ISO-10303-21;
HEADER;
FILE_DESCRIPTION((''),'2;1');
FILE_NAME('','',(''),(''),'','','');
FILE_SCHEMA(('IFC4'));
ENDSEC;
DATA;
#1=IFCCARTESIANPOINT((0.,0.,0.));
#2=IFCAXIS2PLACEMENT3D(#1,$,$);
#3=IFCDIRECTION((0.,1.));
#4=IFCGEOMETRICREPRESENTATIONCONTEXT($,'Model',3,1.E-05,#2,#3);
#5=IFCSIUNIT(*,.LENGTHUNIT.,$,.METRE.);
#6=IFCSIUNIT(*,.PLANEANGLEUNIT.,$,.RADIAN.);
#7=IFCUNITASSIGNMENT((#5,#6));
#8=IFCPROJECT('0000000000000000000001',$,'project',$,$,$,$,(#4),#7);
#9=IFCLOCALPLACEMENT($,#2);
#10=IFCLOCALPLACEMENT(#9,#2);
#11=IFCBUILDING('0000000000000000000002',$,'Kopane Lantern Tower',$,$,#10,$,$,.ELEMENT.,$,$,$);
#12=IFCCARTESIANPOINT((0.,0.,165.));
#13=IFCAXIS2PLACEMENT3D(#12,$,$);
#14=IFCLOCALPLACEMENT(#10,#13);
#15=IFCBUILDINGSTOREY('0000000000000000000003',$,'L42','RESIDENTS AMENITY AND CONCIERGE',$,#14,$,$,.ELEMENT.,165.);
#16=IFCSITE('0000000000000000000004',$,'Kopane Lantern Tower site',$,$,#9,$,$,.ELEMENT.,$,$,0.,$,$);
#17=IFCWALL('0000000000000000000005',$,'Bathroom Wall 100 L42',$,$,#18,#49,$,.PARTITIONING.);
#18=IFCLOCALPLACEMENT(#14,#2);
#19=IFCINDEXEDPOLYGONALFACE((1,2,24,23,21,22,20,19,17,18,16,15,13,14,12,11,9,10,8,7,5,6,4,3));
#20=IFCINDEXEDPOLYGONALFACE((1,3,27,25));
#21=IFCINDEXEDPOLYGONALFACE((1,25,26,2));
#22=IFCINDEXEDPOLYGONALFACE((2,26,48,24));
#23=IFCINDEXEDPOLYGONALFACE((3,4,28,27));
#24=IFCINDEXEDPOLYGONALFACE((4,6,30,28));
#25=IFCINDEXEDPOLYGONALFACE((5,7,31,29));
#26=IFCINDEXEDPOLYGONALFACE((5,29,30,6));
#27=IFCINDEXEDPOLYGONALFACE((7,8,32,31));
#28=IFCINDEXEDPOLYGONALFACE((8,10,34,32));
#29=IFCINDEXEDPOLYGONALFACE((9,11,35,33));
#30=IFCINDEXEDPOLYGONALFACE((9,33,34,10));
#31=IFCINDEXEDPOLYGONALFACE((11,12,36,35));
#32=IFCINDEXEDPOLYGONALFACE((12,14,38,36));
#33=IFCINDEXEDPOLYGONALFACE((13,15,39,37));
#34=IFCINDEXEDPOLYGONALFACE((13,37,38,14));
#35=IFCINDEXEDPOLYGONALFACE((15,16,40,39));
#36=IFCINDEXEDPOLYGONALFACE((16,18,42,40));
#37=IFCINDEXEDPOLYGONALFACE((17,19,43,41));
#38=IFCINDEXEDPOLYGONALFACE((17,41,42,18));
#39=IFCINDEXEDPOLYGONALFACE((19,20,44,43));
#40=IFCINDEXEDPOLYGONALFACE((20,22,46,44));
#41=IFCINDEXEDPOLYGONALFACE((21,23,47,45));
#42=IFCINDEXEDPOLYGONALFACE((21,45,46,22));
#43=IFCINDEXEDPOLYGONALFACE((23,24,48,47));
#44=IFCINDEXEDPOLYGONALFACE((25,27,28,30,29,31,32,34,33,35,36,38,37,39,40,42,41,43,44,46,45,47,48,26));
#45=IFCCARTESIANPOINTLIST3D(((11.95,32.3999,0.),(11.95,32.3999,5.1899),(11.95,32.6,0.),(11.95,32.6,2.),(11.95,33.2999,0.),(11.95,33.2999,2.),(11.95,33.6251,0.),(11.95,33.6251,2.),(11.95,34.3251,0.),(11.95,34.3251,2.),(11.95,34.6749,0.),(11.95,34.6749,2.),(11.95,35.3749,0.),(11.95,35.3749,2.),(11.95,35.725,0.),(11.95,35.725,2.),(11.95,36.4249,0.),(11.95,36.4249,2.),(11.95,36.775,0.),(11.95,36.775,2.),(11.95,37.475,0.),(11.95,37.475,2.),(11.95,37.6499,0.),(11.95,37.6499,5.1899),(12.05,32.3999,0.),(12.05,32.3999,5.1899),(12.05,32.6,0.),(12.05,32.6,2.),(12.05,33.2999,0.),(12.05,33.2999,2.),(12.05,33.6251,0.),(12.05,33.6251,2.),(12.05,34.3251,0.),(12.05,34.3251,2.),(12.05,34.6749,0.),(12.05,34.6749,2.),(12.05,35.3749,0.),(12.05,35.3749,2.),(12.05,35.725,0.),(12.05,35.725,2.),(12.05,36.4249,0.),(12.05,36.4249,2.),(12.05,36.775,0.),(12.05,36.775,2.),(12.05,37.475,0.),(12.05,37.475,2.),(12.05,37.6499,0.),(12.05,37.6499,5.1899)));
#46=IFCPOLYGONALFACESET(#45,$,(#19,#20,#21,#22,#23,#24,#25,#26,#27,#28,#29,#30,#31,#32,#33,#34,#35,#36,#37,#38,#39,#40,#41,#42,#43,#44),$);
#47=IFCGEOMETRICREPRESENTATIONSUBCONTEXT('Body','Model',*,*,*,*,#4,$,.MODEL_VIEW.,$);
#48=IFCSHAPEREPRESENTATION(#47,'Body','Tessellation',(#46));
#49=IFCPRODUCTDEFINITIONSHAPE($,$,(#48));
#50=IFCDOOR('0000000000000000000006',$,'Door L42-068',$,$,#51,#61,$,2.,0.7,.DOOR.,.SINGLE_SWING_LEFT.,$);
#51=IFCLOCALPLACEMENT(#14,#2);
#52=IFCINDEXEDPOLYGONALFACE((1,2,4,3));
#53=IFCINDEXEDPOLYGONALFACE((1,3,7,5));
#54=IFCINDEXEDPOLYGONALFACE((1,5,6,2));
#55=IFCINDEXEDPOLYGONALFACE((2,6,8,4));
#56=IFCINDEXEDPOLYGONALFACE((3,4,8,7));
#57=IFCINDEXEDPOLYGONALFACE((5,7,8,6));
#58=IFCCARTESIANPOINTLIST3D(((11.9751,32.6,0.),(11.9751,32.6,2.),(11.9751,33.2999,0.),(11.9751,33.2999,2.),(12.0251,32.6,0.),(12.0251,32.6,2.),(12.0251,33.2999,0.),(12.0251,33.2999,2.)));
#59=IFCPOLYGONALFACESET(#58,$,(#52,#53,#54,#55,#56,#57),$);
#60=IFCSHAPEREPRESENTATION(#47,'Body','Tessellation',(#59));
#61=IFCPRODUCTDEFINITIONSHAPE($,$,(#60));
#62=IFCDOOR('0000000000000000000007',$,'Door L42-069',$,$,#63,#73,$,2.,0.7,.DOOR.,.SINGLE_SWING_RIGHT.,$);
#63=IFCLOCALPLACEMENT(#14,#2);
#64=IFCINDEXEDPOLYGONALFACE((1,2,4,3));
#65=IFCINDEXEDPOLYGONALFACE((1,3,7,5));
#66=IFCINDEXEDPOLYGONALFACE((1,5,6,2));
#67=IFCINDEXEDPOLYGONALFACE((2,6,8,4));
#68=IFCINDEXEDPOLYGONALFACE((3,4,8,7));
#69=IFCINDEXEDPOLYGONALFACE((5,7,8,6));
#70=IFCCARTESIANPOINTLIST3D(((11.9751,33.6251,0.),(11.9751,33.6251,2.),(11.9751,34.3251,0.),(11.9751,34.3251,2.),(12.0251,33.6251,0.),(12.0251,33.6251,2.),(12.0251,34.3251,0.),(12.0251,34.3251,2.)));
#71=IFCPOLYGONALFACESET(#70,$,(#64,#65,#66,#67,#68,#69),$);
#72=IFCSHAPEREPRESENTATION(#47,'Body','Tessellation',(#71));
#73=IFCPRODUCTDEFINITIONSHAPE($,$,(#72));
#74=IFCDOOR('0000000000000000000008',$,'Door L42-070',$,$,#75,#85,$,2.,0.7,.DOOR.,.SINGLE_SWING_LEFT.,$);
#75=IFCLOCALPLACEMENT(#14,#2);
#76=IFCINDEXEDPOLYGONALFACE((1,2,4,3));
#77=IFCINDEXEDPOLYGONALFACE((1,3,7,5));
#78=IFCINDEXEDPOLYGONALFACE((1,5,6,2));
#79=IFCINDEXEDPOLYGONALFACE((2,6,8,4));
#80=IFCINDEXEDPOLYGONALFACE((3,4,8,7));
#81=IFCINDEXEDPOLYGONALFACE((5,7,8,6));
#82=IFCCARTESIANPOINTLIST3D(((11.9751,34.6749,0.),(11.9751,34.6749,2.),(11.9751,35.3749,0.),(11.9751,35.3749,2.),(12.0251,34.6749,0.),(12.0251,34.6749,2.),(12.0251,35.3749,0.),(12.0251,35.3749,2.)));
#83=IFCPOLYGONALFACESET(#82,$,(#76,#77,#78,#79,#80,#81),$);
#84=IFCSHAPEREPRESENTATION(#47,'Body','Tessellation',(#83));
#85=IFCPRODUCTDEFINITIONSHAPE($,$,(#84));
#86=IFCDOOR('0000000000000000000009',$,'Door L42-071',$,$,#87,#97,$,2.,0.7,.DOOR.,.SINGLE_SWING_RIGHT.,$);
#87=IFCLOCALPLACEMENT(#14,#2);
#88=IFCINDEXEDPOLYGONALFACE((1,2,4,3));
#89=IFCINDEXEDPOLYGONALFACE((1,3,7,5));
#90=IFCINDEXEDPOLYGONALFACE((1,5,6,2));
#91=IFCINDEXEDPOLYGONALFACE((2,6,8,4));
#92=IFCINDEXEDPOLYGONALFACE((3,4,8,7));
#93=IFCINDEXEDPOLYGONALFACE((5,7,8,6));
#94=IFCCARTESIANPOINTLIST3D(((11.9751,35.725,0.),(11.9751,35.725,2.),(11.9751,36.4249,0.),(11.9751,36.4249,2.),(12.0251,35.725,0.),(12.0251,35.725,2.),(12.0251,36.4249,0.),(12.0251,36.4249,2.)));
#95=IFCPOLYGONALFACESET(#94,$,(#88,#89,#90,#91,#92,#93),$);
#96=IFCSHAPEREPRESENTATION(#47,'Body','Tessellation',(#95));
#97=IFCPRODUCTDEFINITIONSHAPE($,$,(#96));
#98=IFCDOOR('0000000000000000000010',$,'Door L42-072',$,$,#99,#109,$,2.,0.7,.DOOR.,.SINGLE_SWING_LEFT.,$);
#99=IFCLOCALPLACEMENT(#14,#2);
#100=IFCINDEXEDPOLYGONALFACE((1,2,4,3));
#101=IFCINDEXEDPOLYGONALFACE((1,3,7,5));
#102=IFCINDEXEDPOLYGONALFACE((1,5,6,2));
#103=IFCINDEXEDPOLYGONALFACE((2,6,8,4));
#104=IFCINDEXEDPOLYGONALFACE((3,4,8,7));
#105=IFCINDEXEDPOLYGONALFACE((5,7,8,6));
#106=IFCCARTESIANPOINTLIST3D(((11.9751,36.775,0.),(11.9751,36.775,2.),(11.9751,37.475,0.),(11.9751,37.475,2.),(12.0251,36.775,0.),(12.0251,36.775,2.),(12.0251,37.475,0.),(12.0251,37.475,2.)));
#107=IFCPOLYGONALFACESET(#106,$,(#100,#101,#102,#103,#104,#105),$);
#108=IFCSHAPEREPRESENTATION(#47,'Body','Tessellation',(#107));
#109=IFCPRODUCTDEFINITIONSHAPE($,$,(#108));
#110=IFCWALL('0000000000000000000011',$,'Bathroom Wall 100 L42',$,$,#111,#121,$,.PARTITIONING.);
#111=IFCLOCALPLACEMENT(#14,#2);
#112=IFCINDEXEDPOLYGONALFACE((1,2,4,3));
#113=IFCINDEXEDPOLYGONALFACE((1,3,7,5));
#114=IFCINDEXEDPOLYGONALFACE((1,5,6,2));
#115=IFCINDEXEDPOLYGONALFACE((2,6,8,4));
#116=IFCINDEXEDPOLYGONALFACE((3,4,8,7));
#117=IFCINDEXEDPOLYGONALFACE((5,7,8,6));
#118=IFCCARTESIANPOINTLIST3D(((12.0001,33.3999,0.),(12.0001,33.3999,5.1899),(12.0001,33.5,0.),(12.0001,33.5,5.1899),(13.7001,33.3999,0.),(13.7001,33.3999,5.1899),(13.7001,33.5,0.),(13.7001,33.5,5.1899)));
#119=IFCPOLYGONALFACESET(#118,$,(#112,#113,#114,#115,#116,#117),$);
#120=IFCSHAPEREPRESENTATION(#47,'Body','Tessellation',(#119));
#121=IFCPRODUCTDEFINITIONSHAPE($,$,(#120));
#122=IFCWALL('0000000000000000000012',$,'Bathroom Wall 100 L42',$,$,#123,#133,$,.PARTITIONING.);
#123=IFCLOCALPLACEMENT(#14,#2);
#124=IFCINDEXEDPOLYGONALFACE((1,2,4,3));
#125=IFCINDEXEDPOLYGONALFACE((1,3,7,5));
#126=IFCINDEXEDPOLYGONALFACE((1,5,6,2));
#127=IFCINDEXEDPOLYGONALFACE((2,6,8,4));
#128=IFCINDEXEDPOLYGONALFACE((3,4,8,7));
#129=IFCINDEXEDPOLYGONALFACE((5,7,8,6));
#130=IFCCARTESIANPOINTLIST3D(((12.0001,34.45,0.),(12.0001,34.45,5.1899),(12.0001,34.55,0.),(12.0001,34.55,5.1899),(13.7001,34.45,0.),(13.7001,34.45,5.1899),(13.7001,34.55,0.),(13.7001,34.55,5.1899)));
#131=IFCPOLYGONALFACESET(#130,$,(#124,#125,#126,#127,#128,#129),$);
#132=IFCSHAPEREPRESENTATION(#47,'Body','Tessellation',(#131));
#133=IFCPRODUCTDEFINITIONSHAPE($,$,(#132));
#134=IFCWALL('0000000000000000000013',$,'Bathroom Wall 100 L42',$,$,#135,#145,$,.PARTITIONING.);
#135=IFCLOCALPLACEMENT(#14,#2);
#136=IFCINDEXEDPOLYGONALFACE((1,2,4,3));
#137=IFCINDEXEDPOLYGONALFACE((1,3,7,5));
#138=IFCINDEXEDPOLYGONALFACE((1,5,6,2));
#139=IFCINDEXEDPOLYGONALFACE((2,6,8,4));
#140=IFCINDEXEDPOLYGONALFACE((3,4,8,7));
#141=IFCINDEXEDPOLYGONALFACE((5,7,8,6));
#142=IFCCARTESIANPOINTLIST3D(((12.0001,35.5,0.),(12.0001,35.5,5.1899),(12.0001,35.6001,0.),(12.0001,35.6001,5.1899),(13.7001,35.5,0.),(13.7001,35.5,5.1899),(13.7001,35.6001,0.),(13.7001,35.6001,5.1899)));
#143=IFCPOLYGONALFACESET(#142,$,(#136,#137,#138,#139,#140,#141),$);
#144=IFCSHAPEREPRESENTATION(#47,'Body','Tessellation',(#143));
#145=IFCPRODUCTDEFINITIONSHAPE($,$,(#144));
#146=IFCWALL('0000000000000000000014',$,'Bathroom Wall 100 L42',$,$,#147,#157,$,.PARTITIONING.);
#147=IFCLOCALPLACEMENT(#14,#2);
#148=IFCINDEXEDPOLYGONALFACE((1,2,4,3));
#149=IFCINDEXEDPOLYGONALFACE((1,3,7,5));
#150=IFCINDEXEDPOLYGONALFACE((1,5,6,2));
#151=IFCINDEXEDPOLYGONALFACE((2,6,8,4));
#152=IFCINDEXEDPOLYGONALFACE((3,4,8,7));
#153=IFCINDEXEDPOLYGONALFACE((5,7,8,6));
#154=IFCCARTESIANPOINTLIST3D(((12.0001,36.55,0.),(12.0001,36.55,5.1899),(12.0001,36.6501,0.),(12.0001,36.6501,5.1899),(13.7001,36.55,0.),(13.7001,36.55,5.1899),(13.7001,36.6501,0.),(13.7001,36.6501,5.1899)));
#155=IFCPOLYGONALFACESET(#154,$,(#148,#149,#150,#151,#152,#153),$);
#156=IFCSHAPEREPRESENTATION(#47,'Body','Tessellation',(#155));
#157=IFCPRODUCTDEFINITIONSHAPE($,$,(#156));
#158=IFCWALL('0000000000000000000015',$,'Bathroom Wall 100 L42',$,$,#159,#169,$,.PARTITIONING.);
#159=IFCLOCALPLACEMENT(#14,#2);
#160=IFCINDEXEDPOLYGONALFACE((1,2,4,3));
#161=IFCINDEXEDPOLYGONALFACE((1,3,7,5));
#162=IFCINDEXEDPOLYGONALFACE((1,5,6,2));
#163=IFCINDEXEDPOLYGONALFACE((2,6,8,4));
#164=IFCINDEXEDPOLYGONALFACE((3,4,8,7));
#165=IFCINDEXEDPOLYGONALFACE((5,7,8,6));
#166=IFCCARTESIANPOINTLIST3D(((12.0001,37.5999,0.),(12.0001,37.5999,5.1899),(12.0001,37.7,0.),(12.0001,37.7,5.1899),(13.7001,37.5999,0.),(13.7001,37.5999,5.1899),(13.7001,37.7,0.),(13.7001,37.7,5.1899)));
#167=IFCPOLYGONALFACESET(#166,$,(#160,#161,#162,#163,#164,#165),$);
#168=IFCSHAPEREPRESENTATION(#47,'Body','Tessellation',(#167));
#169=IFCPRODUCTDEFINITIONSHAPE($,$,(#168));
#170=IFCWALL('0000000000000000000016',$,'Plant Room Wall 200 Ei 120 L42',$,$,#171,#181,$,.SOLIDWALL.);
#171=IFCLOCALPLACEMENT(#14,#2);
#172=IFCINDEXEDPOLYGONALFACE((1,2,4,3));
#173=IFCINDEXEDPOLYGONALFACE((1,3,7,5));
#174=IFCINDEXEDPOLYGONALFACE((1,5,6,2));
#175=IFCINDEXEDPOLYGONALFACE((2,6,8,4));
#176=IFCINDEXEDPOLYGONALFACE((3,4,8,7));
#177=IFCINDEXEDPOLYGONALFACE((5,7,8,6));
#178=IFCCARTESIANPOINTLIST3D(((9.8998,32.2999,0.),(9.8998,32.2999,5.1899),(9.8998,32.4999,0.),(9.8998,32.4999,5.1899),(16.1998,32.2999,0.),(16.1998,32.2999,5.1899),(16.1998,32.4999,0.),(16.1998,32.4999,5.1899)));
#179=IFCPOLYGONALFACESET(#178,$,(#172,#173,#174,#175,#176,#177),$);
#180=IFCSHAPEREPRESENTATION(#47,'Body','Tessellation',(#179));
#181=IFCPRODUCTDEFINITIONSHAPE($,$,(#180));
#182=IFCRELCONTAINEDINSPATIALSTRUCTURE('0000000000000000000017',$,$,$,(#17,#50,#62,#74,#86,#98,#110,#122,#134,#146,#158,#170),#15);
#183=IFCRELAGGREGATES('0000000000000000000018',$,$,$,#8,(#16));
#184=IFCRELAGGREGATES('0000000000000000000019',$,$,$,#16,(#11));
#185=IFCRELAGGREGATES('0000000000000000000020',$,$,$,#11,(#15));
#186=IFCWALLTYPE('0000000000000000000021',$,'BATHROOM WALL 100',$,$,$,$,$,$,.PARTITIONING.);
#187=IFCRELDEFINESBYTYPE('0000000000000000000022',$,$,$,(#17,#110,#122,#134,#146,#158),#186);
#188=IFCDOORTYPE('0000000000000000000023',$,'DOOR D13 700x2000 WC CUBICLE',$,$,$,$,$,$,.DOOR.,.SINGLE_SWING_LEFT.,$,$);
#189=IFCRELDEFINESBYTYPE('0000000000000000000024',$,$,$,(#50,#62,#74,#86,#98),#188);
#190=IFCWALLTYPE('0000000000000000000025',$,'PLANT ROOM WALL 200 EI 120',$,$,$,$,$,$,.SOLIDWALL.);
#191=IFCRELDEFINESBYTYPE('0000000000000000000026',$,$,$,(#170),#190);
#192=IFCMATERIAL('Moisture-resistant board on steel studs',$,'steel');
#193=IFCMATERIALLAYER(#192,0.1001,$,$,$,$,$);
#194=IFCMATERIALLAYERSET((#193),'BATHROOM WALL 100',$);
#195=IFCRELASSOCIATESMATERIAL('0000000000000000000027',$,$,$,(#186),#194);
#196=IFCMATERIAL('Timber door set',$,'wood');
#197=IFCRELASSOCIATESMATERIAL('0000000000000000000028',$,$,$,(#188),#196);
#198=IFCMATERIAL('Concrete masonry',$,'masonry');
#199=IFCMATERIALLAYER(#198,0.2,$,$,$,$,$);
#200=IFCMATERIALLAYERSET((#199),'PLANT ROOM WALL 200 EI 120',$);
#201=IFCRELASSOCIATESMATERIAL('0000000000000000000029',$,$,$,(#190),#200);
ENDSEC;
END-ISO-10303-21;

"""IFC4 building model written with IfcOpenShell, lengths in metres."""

from ifc_helpers import new_model, si_unit, direction, frame, frame_2d, origin, place, context, subcontext, project, spatial, rectangle, extrude, material, layer, layer_set, type_object, element, fill, save


model = new_model("IFC4")

# Units and contexts
model_context = context("Model", 3, precision=1e-05, world=origin(), true_north=direction((0.0, 1.0)))
body_context = subcontext(model_context, "Body", "Model", "MODEL_VIEW")
ifc_project = project(units=[si_unit("LENGTHUNIT", "METRE"), si_unit("PLANEANGLEUNIT", "RADIAN")], contexts=[model_context])

# Site, building, storey
site_placement = place(None, origin())
site = spatial("IfcSite", under=ifc_project, at=site_placement, Name="Kopane Lantern Tower site", CompositionType="ELEMENT", RefElevation=0.0)
building_placement = place(site_placement, origin())
building = spatial("IfcBuilding", under=site, at=building_placement, Name="Kopane Lantern Tower", CompositionType="ELEMENT")
storey_placement = place(building_placement, frame((0.0, 0.0, 165.0)))
storey = spatial("IfcBuildingStorey", under=building, at=storey_placement, Name="L42", Description="RESIDENTS AMENITY AND CONCIERGE", CompositionType="ELEMENT", Elevation=165.0)

# Wall, openings, doors
ifc_material_1 = material(Name="Moisture-resistant board on steel studs", Category="steel")
ifc_layer_1 = layer(ifc_material_1, 0.1001)
ifc_layer_set_1 = layer_set([ifc_layer_1], Name="BATHROOM WALL 100")
wall_type_1 = type_object("IfcWallType", Name="BATHROOM WALL 100", PredefinedType="PARTITIONING", material=ifc_layer_set_1)
wall_1_placement = place(storey_placement, frame((12.0, 32.3999, 0.0), z_axis=(0.0, 0.0, 1.0), x_axis=(0.0, 1.0, 0.0)))
wall_1 = element("IfcWall", 1, at=wall_1_placement, inside=storey, type_object=wall_type_1, Name="Bathroom Wall 100 L42", PredefinedType="PARTITIONING", context=body_context, shape_type="SweptSolid", body=[
    extrude(rectangle(XDim=5.25, YDim=0.1001, at=frame_2d((2.625, 0.0))), origin(), (0.0, 0.0, 1.0), 5.1899),
])
opening_1_placement = place(wall_1_placement, frame((0.2, 0.0, 0.0)))
opening_1 = element("IfcOpeningElement", 2, at=opening_1_placement, cuts=wall_1, PredefinedType="OPENING", context=body_context, shape_type="SweptSolid", body=[
    extrude(rectangle(XDim=0.7, YDim=2.0, at=frame_2d((0.3501, 1.0))), frame((0.0, 0.0601, 0.0), z_axis=(0.0, -1.0, 0.0), x_axis=(1.0, 0.0, 0.0)), (0.0, 0.0, 1.0), 0.1201),
])
opening_2_placement = place(wall_1_placement, frame((1.2251, 0.0, 0.0)))
opening_2 = element("IfcOpeningElement", 3, at=opening_2_placement, cuts=wall_1, PredefinedType="OPENING", context=body_context, shape_type="SweptSolid", body=[
    extrude(rectangle(XDim=0.7, YDim=2.0, at=frame_2d((0.3501, 1.0))), frame((0.0, 0.0601, 0.0), z_axis=(0.0, -1.0, 0.0), x_axis=(1.0, 0.0, 0.0)), (0.0, 0.0, 1.0), 0.1201),
])
opening_3_placement = place(wall_1_placement, frame((2.2749, 0.0, 0.0)))
opening_3 = element("IfcOpeningElement", 4, at=opening_3_placement, cuts=wall_1, PredefinedType="OPENING", context=body_context, shape_type="SweptSolid", body=[
    extrude(rectangle(XDim=0.7, YDim=2.0, at=frame_2d((0.3501, 1.0))), frame((0.0, 0.0601, 0.0), z_axis=(0.0, -1.0, 0.0), x_axis=(1.0, 0.0, 0.0)), (0.0, 0.0, 1.0), 0.1201),
])
opening_4_placement = place(wall_1_placement, frame((3.325, 0.0, 0.0)))
opening_4 = element("IfcOpeningElement", 5, at=opening_4_placement, cuts=wall_1, PredefinedType="OPENING", context=body_context, shape_type="SweptSolid", body=[
    extrude(rectangle(XDim=0.7, YDim=2.0, at=frame_2d((0.3501, 1.0))), frame((0.0, 0.0601, 0.0), z_axis=(0.0, -1.0, 0.0), x_axis=(1.0, 0.0, 0.0)), (0.0, 0.0, 1.0), 0.1201),
])
opening_5_placement = place(wall_1_placement, frame((4.375, 0.0, 0.0)))
opening_5 = element("IfcOpeningElement", 6, at=opening_5_placement, cuts=wall_1, PredefinedType="OPENING", context=body_context, shape_type="SweptSolid", body=[
    extrude(rectangle(XDim=0.7, YDim=2.0, at=frame_2d((0.3501, 1.0))), frame((0.0, 0.0601, 0.0), z_axis=(0.0, -1.0, 0.0), x_axis=(1.0, 0.0, 0.0)), (0.0, 0.0, 1.0), 0.1201),
])
ifc_material_2 = material(Name="Timber door set", Category="wood")
door_type = type_object("IfcDoorType", Name="DOOR D13 700x2000 WC CUBICLE", OperationType="SINGLE_SWING_LEFT", PredefinedType="DOOR", material=ifc_material_2)
door_1_placement = place(opening_1_placement, origin())
door_1 = element("IfcDoor", 7, at=door_1_placement, inside=storey, type_object=door_type, Name="Door L42-068", OperationType="SINGLE_SWING_LEFT", OverallHeight=2.0, OverallWidth=0.7, PredefinedType="DOOR", context=body_context, shape_type="SweptSolid", body=[
    extrude(rectangle(XDim=0.7, YDim=2.0, at=frame_2d((0.3501, 1.0))), frame((0.0, 0.0249, 0.0), z_axis=(0.0, -1.0, 0.0), x_axis=(1.0, 0.0, 0.0)), (0.0, 0.0, 1.0), 0.05),
])
fill(opening_1, door_1)
door_2_placement = place(opening_2_placement, origin())
door_2 = element("IfcDoor", 8, at=door_2_placement, inside=storey, type_object=door_type, Name="Door L42-069", OperationType="SINGLE_SWING_RIGHT", OverallHeight=2.0, OverallWidth=0.7, PredefinedType="DOOR", context=body_context, shape_type="SweptSolid", body=[
    extrude(rectangle(XDim=0.7, YDim=2.0, at=frame_2d((0.3501, 1.0))), frame((0.0, 0.0249, 0.0), z_axis=(0.0, -1.0, 0.0), x_axis=(1.0, 0.0, 0.0)), (0.0, 0.0, 1.0), 0.05),
])
fill(opening_2, door_2)
door_3_placement = place(opening_3_placement, origin())
door_3 = element("IfcDoor", 9, at=door_3_placement, inside=storey, type_object=door_type, Name="Door L42-070", OperationType="SINGLE_SWING_LEFT", OverallHeight=2.0, OverallWidth=0.7, PredefinedType="DOOR", context=body_context, shape_type="SweptSolid", body=[
    extrude(rectangle(XDim=0.7, YDim=2.0, at=frame_2d((0.3501, 1.0))), frame((0.0, 0.0249, 0.0), z_axis=(0.0, -1.0, 0.0), x_axis=(1.0, 0.0, 0.0)), (0.0, 0.0, 1.0), 0.05),
])
fill(opening_3, door_3)
door_4_placement = place(opening_4_placement, origin())
door_4 = element("IfcDoor", 10, at=door_4_placement, inside=storey, type_object=door_type, Name="Door L42-071", OperationType="SINGLE_SWING_RIGHT", OverallHeight=2.0, OverallWidth=0.7, PredefinedType="DOOR", context=body_context, shape_type="SweptSolid", body=[
    extrude(rectangle(XDim=0.7, YDim=2.0, at=frame_2d((0.3501, 1.0))), frame((0.0, 0.0249, 0.0), z_axis=(0.0, -1.0, 0.0), x_axis=(1.0, 0.0, 0.0)), (0.0, 0.0, 1.0), 0.05),
])
fill(opening_4, door_4)
door_5_placement = place(opening_5_placement, origin())
door_5 = element("IfcDoor", 11, at=door_5_placement, inside=storey, type_object=door_type, Name="Door L42-072", OperationType="SINGLE_SWING_LEFT", OverallHeight=2.0, OverallWidth=0.7, PredefinedType="DOOR", context=body_context, shape_type="SweptSolid", body=[
    extrude(rectangle(XDim=0.7, YDim=2.0, at=frame_2d((0.3501, 1.0))), frame((0.0, 0.0249, 0.0), z_axis=(0.0, -1.0, 0.0), x_axis=(1.0, 0.0, 0.0)), (0.0, 0.0, 1.0), 0.05),
])
fill(opening_5, door_5)

# Walls
for number, where, z_axis, x_axis, name in (
    (12, (12.0, 33.45, 0.0), (0.0, 0.0, 1.0), (1.0, 0.0, 0.0), "Bathroom Wall 100 L42"),
    (13, (12.0, 34.5, 0.0), (0.0, 0.0, 1.0), (1.0, 0.0, 0.0), "Bathroom Wall 100 L42"),
    (14, (12.0, 35.55, 0.0), (0.0, 0.0, 1.0), (1.0, 0.0, 0.0), "Bathroom Wall 100 L42"),
    (15, (12.0, 36.6001, 0.0), (0.0, 0.0, 1.0), (1.0, 0.0, 0.0), "Bathroom Wall 100 L42"),
    (16, (12.0, 37.6499, 0.0), (0.0, 0.0, 1.0), (1.0, 0.0, 0.0), "Bathroom Wall 100 L42"),
):
    element("IfcWall", number, at=place(storey_placement, frame(where, z_axis=z_axis, x_axis=x_axis)), inside=storey, type_object=wall_type_1, Name=name, PredefinedType="PARTITIONING", context=body_context, shape_type="SweptSolid", body=[
        extrude(rectangle(XDim=1.7, YDim=0.1001, at=frame_2d((0.8501, 0.0))), origin(), (0.0, 0.0, 1.0), 5.1899),
    ])
ifc_material_3 = material(Name="Concrete masonry", Category="masonry")
ifc_layer_2 = layer(ifc_material_3, 0.2)
ifc_layer_set_2 = layer_set([ifc_layer_2], Name="PLANT ROOM WALL 200 EI 120")
wall_type_2 = type_object("IfcWallType", Name="PLANT ROOM WALL 200 EI 120", PredefinedType="SOLIDWALL", material=ifc_layer_set_2)
wall_2_placement = place(storey_placement, frame((9.8999, 32.3999, 0.0), z_axis=(0.0, 0.0, 1.0), x_axis=(1.0, 0.0, 0.0)))
element("IfcWall", 17, at=wall_2_placement, inside=storey, type_object=wall_type_2, Name="Plant Room Wall 200 Ei 120 L42", PredefinedType="SOLIDWALL", context=body_context, shape_type="SweptSolid", body=[
    extrude(rectangle(XDim=6.3, YDim=0.2, at=frame_2d((3.1499, 0.0))), origin(), (0.0, 0.0, 1.0), 5.1899),
])

save(model, "model.ifc")
